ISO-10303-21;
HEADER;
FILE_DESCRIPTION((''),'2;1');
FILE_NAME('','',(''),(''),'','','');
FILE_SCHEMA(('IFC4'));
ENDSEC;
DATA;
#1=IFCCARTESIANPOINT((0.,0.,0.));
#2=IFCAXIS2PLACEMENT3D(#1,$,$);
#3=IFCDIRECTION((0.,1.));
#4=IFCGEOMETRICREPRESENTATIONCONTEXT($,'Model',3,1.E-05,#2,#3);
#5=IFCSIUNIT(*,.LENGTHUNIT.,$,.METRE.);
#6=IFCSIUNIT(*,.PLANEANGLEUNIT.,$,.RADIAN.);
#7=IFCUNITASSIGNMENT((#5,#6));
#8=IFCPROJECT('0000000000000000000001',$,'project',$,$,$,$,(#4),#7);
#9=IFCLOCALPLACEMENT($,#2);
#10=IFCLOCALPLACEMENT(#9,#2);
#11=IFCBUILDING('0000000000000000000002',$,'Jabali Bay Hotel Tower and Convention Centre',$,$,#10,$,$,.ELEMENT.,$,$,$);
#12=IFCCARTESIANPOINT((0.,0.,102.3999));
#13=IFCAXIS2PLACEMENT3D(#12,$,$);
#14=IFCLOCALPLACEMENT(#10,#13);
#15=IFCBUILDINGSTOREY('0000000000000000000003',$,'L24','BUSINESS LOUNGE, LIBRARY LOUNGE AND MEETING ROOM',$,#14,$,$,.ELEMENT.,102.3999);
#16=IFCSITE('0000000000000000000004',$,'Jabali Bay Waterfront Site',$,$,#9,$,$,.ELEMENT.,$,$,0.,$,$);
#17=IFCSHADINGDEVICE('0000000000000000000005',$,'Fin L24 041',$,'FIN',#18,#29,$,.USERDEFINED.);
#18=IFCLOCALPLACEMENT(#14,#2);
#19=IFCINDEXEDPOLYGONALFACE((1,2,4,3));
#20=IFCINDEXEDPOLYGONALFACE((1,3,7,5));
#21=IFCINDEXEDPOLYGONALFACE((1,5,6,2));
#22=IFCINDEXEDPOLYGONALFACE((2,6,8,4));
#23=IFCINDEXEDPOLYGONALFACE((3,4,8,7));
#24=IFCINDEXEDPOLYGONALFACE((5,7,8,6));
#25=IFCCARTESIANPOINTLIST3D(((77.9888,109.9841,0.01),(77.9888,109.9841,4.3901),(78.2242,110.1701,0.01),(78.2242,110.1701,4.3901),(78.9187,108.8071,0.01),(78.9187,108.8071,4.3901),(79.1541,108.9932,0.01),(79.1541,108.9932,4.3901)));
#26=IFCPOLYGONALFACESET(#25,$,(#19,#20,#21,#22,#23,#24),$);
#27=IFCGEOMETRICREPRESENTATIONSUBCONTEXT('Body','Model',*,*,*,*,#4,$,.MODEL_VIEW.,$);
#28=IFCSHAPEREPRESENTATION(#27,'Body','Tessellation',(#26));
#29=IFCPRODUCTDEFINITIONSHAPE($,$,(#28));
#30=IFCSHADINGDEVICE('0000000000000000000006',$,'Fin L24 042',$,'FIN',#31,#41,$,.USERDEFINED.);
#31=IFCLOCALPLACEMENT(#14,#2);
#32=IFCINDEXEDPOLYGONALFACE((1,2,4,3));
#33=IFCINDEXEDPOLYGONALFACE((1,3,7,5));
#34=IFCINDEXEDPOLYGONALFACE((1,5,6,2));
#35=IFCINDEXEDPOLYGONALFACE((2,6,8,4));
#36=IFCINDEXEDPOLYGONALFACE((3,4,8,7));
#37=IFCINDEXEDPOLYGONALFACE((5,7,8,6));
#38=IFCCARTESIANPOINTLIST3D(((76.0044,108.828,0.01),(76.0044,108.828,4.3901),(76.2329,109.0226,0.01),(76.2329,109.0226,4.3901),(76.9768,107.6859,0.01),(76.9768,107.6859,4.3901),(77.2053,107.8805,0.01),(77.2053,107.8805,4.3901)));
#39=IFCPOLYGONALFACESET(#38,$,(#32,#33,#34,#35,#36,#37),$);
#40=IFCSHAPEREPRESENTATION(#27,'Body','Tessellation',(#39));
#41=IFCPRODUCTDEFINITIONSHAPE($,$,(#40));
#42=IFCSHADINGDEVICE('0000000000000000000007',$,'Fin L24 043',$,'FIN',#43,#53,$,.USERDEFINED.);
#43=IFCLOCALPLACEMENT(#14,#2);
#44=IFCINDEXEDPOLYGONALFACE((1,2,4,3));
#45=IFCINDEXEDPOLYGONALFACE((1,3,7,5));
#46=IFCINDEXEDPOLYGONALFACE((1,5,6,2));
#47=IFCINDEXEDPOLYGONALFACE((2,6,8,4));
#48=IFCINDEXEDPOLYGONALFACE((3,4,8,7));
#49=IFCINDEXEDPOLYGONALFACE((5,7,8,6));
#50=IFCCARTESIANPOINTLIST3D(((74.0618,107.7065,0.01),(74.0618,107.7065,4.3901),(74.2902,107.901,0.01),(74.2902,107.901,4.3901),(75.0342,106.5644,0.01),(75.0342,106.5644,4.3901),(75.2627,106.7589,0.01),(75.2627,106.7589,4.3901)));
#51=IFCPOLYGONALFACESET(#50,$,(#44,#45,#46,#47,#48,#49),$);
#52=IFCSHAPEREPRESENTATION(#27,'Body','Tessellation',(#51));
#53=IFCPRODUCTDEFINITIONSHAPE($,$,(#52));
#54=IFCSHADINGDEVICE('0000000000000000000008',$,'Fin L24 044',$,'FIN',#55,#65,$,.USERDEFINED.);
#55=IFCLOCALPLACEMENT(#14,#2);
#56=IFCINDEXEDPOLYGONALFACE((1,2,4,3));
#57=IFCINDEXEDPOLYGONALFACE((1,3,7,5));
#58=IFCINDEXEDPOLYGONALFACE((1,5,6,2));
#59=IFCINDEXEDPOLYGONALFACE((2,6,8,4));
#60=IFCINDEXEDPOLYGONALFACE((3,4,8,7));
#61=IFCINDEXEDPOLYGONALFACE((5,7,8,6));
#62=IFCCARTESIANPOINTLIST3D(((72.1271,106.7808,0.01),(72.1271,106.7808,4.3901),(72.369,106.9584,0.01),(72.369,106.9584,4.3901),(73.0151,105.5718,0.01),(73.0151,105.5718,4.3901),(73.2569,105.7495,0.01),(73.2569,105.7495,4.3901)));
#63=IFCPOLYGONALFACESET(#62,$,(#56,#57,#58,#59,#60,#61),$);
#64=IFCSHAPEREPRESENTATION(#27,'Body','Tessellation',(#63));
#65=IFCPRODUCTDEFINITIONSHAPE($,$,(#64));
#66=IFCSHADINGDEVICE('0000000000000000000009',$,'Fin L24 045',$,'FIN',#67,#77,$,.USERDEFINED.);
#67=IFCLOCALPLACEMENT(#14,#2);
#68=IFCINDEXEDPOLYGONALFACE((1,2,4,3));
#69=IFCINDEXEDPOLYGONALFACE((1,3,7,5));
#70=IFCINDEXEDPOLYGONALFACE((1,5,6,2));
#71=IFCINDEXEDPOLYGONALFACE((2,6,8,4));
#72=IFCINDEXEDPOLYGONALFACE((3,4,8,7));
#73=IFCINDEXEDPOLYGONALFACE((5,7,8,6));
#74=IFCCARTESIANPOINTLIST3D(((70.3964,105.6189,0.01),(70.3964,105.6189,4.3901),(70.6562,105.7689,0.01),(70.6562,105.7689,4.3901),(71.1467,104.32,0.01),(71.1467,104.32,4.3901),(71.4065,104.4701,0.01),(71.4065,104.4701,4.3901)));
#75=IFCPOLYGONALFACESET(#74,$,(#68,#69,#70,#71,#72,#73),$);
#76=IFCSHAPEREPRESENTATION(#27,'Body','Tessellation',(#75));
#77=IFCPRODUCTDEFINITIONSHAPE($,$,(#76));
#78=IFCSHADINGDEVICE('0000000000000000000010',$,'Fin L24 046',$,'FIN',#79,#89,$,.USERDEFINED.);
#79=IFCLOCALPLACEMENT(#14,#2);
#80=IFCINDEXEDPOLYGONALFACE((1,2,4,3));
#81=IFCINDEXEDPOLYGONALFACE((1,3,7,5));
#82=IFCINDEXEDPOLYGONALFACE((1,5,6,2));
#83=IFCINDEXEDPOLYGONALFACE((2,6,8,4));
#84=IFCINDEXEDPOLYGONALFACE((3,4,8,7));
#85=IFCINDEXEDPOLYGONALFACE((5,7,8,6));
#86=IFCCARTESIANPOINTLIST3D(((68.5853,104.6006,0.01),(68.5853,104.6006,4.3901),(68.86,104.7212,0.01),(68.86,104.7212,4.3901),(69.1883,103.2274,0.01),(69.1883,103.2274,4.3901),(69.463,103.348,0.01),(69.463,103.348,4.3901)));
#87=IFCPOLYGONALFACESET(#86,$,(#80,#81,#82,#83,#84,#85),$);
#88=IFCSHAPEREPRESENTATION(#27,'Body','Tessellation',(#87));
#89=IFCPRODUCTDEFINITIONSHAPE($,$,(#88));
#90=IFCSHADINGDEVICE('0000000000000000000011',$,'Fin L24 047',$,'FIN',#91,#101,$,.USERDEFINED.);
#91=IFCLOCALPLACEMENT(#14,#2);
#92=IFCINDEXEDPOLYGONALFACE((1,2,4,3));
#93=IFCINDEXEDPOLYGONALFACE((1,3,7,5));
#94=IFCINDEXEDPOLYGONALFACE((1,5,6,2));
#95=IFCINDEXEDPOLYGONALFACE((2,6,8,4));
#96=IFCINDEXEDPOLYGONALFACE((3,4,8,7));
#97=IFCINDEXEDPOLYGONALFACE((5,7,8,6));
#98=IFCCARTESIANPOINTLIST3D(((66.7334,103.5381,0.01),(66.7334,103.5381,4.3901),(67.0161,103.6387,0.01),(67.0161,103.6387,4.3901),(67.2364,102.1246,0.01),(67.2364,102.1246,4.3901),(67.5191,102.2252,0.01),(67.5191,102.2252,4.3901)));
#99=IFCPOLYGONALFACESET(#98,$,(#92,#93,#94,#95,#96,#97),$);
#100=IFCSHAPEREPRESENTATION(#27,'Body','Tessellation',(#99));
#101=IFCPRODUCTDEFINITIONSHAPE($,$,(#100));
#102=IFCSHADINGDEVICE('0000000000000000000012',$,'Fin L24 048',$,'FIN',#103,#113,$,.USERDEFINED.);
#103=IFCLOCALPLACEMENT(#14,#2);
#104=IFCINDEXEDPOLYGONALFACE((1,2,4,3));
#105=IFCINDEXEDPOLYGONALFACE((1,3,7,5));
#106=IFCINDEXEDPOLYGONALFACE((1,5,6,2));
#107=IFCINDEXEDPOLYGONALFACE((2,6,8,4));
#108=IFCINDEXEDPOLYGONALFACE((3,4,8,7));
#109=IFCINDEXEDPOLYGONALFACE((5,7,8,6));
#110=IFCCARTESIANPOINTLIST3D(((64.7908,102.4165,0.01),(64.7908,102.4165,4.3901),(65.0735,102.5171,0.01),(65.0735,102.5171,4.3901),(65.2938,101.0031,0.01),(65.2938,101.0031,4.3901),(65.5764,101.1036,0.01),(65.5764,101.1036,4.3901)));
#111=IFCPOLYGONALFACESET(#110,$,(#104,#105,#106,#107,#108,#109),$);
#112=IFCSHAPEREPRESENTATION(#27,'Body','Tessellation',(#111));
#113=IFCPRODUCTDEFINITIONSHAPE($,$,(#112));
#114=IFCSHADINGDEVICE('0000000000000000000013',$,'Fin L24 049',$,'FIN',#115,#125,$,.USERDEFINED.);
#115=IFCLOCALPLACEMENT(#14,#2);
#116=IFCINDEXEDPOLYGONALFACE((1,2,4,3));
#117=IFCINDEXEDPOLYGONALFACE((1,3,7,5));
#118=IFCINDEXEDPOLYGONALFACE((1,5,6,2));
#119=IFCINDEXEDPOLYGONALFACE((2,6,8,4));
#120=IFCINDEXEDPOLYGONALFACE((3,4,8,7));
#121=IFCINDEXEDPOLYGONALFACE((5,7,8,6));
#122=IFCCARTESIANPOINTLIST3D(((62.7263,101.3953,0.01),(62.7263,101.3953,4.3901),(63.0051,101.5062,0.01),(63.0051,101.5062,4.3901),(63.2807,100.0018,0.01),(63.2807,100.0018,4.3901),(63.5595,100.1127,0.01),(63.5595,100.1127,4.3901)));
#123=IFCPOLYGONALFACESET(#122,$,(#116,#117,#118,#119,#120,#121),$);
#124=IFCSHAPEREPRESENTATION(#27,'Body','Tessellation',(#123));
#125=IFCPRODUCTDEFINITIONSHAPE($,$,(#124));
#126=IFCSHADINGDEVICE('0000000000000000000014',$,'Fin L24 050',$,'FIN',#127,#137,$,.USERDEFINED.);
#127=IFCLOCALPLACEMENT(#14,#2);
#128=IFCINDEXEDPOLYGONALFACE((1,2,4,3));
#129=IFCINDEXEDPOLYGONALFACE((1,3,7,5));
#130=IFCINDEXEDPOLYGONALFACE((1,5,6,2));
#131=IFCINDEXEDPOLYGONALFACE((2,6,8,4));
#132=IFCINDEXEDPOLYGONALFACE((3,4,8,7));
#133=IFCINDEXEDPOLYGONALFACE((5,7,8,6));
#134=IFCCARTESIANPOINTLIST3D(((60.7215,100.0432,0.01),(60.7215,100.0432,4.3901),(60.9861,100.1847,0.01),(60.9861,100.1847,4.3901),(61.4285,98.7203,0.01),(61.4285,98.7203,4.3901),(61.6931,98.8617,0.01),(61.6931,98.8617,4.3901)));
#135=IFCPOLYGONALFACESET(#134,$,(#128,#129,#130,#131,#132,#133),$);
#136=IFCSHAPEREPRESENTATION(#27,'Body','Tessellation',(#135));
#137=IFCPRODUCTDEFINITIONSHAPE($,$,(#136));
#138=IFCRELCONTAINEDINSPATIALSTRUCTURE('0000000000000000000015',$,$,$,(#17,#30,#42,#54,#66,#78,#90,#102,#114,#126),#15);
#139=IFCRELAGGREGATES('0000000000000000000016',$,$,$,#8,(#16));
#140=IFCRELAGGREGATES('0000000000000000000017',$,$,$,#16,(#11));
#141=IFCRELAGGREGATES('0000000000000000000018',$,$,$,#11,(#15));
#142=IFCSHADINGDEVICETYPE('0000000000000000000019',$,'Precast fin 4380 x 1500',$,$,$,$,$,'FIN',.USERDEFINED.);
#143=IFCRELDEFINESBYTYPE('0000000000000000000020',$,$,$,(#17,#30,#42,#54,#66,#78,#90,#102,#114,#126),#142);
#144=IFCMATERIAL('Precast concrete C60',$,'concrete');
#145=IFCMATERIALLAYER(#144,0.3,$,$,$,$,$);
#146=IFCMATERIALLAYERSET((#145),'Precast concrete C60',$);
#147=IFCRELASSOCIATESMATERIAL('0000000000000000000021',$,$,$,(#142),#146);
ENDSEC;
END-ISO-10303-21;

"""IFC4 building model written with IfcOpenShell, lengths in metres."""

from ifc_helpers import new_model, si_unit, direction, frame, frame_2d, origin, place, context, subcontext, project, spatial, rectangle, extrude, material, layer, layer_set, type_object, element, save


model = new_model("IFC4")

# Units and contexts
model_context = context("Model", 3, precision=1e-05, world=origin(), true_north=direction((0.0, 1.0)))
body_context = subcontext(model_context, "Body", "Model", "MODEL_VIEW")
ifc_project = project(units=[si_unit("LENGTHUNIT", "METRE"), si_unit("PLANEANGLEUNIT", "RADIAN")], contexts=[model_context])

# Site, building, storey
site_placement = place(None, origin())
site = spatial("IfcSite", under=ifc_project, at=site_placement, Name="Jabali Bay Waterfront Site", CompositionType="ELEMENT", RefElevation=0.0)
building_placement = place(site_placement, origin())
building = spatial("IfcBuilding", under=site, at=building_placement, Name="Jabali Bay Hotel Tower and Convention Centre", CompositionType="ELEMENT")
storey_placement = place(building_placement, frame((0.0, 0.0, 102.3999)))
storey = spatial("IfcBuildingStorey", under=building, at=storey_placement, Name="L24", Description="BUSINESS LOUNGE, LIBRARY LOUNGE AND MEETING ROOM", CompositionType="ELEMENT", Elevation=102.3999)

# Shading devices
ifc_material_1 = material(Name="Precast concrete C60", Category="concrete")
ifc_layer_1 = layer(ifc_material_1, 0.3)
ifc_layer_set_1 = layer_set([ifc_layer_1], Name="Precast concrete C60")
shading_device_type = type_object("IfcShadingDeviceType", Name="Precast fin 4380 x 1500", ElementType="FIN", PredefinedType="USERDEFINED", material=ifc_layer_set_1)
for number, where, z_axis, x_axis, name in (
    (1, (79.0364, 108.9001, 0.01), (0.0, 0.0, 1.0), (-0.61994, 0.784649, 0.0), "Fin L24 041"),
    (2, (77.0911, 107.7832, 0.01), (0.0, 0.0, 1.0), (-0.648281, 0.761401, 0.0), "Fin L24 042"),
    (3, (75.1484, 106.6616, 0.01), (0.0, 0.0, 1.0), (-0.648281, 0.761401, 0.0), "Fin L24 043"),
    (4, (73.136, 105.6606, 0.01), (0.0, 0.0, 1.0), (-0.591949, 0.805975, 0.0), "Fin L24 044"),
    (5, (71.2766, 104.395, 0.01), (0.0, 0.0, 1.0), (-0.500183, 0.86592, 0.0), "Fin L24 045"),
):
    element("IfcShadingDevice", number, at=place(storey_placement, frame(where, z_axis=z_axis, x_axis=x_axis)), inside=storey, type_object=shading_device_type, Name=name, ObjectType="FIN", PredefinedType="USERDEFINED", context=body_context, shape_type="SweptSolid", body=[
        extrude(rectangle(XDim=1.5, YDim=0.3, at=frame_2d((0.75, 0.0))), origin(), (0.0, 0.0, 1.0), 4.3801),
    ])
shading_device_1_placement = place(storey_placement, frame((69.3257, 103.2876, 0.01), z_axis=(0.0, 0.0, 1.0), x_axis=(-0.402057, 0.915615, 0.0)))
element("IfcShadingDevice", 6, at=shading_device_1_placement, inside=storey, type_object=shading_device_type, Name="Fin L24 046", ObjectType="FIN", PredefinedType="USERDEFINED", context=body_context, shape_type="SweptSolid", body=[
    extrude(rectangle(XDim=1.4998, YDim=0.3, at=frame_2d((0.75, 0.0))), origin(), (0.0, 0.0, 1.0), 4.3801),
])
for number, where, z_axis, x_axis, name in (
    (7, (67.3777, 102.175, 0.01), (0.0, 0.0, 1.0), (-0.335254, 0.942128, 0.0), "Fin L24 047"),
    (8, (65.4351, 101.0535, 0.01), (0.0, 0.0, 1.0), (-0.335254, 0.942128, 0.0), "Fin L24 048"),
):
    element("IfcShadingDevice", number, at=place(storey_placement, frame(where, z_axis=z_axis, x_axis=x_axis)), inside=storey, type_object=shading_device_type, Name=name, ObjectType="FIN", PredefinedType="USERDEFINED", context=body_context, shape_type="SweptSolid", body=[
        extrude(rectangle(XDim=1.5002, YDim=0.3, at=frame_2d((0.75, 0.0))), origin(), (0.0, 0.0, 1.0), 4.3801),
    ])
shading_device_2_placement = place(storey_placement, frame((63.4202, 100.0571, 0.01), z_axis=(0.0, 0.0, 1.0), x_axis=(-0.369678, 0.92916, 0.0)))
element("IfcShadingDevice", 9, at=shading_device_2_placement, inside=storey, type_object=shading_device_type, Name="Fin L24 049", ObjectType="FIN", PredefinedType="USERDEFINED", context=body_context, shape_type="SweptSolid", body=[
    extrude(rectangle(XDim=1.4998, YDim=0.3, at=frame_2d((0.75, 0.0))), origin(), (0.0, 0.0, 1.0), 4.3801),
])
shading_device_3_placement = place(storey_placement, frame((61.5608, 98.791, 0.01), z_axis=(0.0, 0.0, 1.0), x_axis=(-0.471331, 0.881956, 0.0)))
element("IfcShadingDevice", 10, at=shading_device_3_placement, inside=storey, type_object=shading_device_type, Name="Fin L24 050", ObjectType="FIN", PredefinedType="USERDEFINED", context=body_context, shape_type="SweptSolid", body=[
    extrude(rectangle(XDim=1.5, YDim=0.3, at=frame_2d((0.75, 0.0))), origin(), (0.0, 0.0, 1.0), 4.3801),
])

save(model, "model.ifc")
